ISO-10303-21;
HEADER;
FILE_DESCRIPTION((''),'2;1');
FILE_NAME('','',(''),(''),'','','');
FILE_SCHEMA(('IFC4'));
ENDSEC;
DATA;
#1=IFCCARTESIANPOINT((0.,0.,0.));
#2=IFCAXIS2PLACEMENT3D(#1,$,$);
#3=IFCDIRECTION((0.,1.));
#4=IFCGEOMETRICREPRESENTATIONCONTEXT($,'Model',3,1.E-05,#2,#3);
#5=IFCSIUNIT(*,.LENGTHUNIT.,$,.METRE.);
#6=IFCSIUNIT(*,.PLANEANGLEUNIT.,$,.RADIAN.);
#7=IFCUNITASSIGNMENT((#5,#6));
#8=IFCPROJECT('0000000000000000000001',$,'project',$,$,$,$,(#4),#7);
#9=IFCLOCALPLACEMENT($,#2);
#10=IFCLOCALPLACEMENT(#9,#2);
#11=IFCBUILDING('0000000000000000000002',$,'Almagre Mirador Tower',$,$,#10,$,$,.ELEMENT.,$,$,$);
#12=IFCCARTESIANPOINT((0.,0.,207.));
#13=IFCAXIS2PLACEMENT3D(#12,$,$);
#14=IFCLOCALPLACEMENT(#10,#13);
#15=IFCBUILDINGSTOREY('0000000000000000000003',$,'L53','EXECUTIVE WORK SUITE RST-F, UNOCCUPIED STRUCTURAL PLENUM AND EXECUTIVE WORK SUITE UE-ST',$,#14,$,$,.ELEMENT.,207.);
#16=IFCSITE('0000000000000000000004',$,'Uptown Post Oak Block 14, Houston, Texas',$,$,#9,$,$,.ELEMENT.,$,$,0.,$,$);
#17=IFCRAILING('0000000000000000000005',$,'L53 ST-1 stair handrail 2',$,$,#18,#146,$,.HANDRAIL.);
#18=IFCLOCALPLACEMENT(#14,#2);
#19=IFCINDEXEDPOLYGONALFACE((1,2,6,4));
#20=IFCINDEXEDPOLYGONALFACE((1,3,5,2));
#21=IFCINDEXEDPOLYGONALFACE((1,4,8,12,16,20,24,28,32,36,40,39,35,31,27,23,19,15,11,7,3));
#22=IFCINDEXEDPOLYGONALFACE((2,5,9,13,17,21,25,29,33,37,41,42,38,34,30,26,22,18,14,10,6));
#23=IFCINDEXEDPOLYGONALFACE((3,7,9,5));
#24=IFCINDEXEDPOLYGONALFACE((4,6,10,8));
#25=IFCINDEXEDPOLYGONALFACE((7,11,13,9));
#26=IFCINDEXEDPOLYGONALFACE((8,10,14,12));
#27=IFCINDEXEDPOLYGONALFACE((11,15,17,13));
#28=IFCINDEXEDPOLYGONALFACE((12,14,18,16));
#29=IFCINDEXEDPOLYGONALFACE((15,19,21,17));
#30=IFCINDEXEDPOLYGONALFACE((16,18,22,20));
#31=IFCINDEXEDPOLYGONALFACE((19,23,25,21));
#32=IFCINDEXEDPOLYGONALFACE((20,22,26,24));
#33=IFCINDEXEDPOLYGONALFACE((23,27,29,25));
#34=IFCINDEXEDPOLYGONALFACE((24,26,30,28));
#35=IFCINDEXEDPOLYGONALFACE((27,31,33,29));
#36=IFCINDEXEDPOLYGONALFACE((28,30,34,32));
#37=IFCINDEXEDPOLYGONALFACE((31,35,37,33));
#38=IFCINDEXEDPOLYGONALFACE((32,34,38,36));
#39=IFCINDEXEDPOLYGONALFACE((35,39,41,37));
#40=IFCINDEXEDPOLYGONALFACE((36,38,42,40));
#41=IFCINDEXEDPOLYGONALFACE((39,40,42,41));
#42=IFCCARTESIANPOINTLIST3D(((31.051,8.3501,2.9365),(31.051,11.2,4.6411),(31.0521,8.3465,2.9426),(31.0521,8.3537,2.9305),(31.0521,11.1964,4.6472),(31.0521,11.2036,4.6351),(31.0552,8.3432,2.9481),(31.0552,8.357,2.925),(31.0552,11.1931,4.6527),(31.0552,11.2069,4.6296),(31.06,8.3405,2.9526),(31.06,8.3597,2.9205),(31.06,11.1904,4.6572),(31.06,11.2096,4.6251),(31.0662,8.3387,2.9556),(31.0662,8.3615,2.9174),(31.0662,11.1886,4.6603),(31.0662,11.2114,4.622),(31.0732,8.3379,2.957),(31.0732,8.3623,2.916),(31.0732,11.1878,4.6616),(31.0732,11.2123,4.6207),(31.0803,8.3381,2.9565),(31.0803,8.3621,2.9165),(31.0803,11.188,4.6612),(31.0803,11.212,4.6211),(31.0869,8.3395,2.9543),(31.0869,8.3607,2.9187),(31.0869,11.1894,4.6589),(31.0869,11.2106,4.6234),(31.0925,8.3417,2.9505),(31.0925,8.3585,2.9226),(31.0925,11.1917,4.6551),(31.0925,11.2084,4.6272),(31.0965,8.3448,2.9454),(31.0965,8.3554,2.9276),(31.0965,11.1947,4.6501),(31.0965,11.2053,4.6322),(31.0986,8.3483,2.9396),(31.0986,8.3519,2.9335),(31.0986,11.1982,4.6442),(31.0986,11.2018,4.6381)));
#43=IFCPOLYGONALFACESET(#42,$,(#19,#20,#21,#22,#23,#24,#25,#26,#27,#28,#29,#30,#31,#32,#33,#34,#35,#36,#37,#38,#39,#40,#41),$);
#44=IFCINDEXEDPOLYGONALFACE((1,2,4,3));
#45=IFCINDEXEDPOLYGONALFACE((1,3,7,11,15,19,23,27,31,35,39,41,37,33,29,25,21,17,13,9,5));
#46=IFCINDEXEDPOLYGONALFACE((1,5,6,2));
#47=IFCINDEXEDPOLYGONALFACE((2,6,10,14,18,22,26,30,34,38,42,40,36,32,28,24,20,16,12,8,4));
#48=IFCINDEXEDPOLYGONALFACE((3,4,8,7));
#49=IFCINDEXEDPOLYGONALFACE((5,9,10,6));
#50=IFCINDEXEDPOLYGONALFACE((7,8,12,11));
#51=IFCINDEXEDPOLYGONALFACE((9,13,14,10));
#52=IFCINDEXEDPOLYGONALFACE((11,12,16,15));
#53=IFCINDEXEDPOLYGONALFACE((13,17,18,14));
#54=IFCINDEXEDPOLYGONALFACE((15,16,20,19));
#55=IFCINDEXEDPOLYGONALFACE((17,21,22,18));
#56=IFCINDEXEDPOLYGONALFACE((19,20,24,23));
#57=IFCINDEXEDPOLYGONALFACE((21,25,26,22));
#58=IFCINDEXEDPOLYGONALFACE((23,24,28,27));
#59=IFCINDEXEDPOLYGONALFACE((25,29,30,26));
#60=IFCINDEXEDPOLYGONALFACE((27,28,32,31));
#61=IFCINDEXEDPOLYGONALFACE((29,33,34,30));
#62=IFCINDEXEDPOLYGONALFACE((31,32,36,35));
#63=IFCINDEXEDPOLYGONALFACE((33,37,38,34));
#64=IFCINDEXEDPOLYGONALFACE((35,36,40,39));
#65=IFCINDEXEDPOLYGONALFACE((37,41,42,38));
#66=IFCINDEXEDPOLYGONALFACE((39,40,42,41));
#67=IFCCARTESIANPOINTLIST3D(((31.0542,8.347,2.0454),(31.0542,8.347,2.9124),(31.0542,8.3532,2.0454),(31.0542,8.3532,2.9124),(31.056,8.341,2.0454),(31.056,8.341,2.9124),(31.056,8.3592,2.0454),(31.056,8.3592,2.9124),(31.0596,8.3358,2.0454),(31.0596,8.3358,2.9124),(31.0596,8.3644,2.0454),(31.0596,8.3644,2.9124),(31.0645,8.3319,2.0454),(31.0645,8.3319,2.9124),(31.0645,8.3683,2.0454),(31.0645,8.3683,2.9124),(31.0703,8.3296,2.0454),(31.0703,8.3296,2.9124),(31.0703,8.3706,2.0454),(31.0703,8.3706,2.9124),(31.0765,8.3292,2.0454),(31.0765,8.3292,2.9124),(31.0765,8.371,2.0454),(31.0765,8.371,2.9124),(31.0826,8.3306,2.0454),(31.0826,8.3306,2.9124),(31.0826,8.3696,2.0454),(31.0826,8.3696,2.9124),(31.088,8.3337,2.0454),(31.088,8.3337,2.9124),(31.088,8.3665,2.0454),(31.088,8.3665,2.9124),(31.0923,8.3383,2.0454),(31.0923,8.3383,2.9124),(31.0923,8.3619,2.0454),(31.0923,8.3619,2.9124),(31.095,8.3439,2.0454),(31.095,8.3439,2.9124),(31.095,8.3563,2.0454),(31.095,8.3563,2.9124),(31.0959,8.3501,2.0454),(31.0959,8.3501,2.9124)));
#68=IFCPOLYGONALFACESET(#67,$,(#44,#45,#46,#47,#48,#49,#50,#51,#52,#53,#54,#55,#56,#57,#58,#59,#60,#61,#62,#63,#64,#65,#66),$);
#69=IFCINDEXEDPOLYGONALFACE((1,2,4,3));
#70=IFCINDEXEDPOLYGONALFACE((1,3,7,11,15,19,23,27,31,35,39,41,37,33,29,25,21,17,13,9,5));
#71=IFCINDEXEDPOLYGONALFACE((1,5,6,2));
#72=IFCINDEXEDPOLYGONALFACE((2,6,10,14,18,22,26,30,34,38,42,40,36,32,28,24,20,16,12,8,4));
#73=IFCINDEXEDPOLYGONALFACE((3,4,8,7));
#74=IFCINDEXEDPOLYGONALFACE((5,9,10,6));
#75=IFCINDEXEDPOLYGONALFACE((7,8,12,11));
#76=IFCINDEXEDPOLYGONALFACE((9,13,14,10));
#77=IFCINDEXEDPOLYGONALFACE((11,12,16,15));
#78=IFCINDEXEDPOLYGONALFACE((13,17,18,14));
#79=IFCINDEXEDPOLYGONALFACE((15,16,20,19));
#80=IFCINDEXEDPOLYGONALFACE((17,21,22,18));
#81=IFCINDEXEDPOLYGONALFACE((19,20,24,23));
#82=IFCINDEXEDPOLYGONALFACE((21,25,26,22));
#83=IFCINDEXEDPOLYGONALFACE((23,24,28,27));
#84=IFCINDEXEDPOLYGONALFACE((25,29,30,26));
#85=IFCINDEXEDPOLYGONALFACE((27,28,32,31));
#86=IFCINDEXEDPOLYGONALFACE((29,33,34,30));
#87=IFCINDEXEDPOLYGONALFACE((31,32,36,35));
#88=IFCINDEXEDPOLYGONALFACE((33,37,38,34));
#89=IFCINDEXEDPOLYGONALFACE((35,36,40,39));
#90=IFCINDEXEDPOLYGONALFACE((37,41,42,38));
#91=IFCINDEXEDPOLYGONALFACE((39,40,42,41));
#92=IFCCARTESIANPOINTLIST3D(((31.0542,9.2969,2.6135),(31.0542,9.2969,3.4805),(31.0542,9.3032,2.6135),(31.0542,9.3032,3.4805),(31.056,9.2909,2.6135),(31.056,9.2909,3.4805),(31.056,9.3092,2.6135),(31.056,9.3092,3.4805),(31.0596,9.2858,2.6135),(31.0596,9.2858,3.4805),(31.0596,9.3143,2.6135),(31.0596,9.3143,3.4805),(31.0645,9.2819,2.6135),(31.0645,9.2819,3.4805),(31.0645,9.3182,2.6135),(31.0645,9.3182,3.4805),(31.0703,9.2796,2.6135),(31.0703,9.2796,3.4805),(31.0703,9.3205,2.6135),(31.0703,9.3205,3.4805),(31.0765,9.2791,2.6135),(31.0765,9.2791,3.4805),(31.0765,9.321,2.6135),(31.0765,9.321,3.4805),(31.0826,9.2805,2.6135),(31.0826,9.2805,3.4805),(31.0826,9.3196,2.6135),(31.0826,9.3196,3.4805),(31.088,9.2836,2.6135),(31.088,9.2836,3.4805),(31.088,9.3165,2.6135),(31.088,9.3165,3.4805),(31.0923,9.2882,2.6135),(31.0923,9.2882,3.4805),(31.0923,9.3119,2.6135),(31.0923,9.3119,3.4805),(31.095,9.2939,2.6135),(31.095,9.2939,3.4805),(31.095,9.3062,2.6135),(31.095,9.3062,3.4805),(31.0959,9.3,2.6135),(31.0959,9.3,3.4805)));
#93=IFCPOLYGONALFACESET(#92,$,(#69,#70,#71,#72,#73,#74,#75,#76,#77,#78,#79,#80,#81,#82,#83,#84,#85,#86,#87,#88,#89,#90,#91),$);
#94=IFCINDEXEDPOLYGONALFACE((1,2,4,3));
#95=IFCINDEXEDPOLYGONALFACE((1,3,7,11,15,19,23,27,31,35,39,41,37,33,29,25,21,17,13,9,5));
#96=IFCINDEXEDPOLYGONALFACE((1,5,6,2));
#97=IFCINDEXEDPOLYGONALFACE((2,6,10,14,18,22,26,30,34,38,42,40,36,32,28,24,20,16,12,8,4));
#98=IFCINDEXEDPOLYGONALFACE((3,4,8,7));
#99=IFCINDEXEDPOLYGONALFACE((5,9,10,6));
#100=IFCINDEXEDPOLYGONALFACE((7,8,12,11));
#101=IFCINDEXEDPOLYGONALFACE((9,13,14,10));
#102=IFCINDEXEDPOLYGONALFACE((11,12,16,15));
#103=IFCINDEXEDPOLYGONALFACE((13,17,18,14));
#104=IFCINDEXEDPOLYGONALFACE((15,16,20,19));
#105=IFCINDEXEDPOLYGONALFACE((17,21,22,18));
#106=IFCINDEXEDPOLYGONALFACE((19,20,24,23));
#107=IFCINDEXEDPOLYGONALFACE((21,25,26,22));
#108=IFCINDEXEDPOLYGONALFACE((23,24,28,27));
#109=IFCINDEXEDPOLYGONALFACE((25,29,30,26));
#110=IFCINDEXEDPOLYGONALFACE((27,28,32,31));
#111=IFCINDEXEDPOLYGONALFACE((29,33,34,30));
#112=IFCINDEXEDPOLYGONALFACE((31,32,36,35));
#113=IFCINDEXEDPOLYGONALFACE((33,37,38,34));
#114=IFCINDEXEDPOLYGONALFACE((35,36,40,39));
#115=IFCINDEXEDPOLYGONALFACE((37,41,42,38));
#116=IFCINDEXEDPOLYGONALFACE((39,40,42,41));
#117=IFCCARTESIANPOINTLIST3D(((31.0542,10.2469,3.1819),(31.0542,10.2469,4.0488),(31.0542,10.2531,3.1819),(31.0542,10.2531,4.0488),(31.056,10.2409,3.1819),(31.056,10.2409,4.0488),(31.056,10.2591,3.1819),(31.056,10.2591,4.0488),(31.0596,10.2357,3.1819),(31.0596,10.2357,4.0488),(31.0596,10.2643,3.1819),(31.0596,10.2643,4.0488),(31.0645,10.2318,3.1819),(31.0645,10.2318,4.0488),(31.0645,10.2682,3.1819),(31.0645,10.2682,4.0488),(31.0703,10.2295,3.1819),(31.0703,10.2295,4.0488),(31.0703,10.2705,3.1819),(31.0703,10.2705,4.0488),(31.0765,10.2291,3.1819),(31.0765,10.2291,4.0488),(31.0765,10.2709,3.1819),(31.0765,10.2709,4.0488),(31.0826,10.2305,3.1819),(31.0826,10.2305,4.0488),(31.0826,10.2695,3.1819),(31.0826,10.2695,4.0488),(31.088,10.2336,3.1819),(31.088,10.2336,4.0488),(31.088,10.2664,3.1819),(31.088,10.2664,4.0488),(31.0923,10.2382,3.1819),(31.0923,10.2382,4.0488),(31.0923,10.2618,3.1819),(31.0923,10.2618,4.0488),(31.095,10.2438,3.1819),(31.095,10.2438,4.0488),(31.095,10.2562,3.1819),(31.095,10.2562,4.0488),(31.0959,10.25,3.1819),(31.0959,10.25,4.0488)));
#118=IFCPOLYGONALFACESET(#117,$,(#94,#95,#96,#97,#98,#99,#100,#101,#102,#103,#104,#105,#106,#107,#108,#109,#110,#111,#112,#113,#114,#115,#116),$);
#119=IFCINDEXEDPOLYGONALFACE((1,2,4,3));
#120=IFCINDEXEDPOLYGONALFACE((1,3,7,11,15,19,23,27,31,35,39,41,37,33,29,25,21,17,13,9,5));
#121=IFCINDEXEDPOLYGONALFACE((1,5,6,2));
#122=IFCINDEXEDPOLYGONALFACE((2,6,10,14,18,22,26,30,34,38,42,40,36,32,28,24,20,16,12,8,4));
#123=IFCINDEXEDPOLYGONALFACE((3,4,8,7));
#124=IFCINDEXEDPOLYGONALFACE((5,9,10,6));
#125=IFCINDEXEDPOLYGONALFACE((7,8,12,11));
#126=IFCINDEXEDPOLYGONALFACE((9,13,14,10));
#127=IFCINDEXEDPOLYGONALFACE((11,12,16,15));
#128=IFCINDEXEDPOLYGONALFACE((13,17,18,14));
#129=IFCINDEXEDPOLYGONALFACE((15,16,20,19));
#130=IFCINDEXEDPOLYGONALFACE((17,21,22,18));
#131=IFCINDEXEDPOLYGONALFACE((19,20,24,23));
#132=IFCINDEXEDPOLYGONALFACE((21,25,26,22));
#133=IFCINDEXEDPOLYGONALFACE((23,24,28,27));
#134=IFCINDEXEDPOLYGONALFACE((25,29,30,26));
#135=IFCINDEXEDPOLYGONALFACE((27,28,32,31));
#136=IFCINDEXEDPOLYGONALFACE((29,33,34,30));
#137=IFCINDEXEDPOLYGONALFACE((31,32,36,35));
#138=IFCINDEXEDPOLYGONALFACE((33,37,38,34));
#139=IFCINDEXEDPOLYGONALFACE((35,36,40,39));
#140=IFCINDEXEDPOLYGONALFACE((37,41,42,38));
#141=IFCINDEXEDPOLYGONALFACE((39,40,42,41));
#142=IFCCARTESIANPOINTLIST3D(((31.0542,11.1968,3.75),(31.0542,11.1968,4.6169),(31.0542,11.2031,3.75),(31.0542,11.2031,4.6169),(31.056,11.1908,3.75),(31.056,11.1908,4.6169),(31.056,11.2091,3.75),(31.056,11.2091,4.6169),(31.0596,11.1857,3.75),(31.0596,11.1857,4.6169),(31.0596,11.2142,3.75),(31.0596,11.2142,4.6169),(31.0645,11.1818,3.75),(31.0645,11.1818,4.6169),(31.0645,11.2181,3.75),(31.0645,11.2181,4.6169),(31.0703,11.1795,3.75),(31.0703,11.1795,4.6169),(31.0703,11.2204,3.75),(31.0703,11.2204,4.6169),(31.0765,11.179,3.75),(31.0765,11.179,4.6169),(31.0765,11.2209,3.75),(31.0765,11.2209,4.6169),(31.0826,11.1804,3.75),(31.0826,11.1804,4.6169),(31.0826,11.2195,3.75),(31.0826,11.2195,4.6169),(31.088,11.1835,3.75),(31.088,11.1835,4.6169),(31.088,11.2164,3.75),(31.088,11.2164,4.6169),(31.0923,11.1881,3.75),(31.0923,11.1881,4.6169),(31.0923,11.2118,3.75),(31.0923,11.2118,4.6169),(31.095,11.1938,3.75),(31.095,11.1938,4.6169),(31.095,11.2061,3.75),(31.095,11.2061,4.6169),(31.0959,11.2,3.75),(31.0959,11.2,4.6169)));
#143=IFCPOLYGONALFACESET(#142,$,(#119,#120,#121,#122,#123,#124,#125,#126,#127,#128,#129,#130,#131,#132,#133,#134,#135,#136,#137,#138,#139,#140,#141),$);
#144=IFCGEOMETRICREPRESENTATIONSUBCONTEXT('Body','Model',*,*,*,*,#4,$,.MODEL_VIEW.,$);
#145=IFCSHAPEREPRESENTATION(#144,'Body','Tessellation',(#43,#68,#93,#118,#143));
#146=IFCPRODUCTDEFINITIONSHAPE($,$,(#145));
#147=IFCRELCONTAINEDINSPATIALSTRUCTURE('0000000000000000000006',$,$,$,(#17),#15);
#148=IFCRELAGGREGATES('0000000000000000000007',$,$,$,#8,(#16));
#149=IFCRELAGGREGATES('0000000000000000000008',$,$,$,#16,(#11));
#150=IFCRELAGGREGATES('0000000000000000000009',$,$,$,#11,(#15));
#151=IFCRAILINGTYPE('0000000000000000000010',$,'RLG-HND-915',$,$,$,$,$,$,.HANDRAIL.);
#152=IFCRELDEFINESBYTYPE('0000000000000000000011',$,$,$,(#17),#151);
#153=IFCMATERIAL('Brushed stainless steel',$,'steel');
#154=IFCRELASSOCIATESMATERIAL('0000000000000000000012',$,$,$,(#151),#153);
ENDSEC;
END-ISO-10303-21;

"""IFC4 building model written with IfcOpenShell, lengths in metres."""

from ifc_helpers import new_model, si_unit, direction, frame, origin, origin_2d, place, context, subcontext, project, spatial, circle, extrude, material, type_object, element, save


model = new_model("IFC4")

# Units and contexts
model_context = context("Model", 3, precision=1e-05, world=origin(), true_north=direction((0.0, 1.0)))
body_context = subcontext(model_context, "Body", "Model", "MODEL_VIEW")
ifc_project = project(units=[si_unit("LENGTHUNIT", "METRE"), si_unit("PLANEANGLEUNIT", "RADIAN")], contexts=[model_context])

# Site, building, storey
site_placement = place(None, origin())
site = spatial("IfcSite", under=ifc_project, at=site_placement, Name="Uptown Post Oak Block 14, Houston, Texas", CompositionType="ELEMENT", RefElevation=0.0)
building_placement = place(site_placement, origin())
building = spatial("IfcBuilding", under=site, at=building_placement, Name="Almagre Mirador Tower", CompositionType="ELEMENT")
storey_placement = place(building_placement, frame((0.0, 0.0, 207.0)))
storey = spatial("IfcBuildingStorey", under=building, at=storey_placement, Name="L53", Description="EXECUTIVE WORK SUITE RST-F, UNOCCUPIED STRUCTURAL PLENUM AND EXECUTIVE WORK SUITE UE-ST", CompositionType="ELEMENT", Elevation=207.0)

# Railing
ifc_material_1 = material(Name="Brushed stainless steel", Category="steel")
railing_type_1 = type_object("IfcRailingType", Name="RLG-HND-915", PredefinedType="HANDRAIL", material=ifc_material_1)
railing_1_placement = place(storey_placement, frame((31.075, 8.3501, 2.0454)))
element("IfcRailing", 1, at=railing_1_placement, inside=storey, type_object=railing_type_1, Name="L53 ST-1 stair handrail 2", PredefinedType="HANDRAIL", context=body_context, shape_type="SweptSolid", body=[
    extrude(circle(Radius=0.0239, at=origin_2d()), frame((0.0, 0.0, 0.8911), z_axis=(0.0, 0.858199, 0.513317), x_axis=(-1.0, 0.0, 0.0)), (0.0, 0.0, 1.0), 3.3208),
    extrude(circle(Radius=0.021, at=origin_2d()), origin(), (0.0, 0.0, 1.0), 0.8669),
    extrude(circle(Radius=0.021, at=origin_2d()), frame((0.0, 0.95, 0.5681)), (0.0, 0.0, 1.0), 0.8669),
    extrude(circle(Radius=0.021, at=origin_2d()), frame((0.0, 1.8999, 1.1365)), (0.0, 0.0, 1.0), 0.8669),
    extrude(circle(Radius=0.021, at=origin_2d()), frame((0.0, 2.8499, 1.7046)), (0.0, 0.0, 1.0), 0.8669),
])

save(model, "model.ifc")
